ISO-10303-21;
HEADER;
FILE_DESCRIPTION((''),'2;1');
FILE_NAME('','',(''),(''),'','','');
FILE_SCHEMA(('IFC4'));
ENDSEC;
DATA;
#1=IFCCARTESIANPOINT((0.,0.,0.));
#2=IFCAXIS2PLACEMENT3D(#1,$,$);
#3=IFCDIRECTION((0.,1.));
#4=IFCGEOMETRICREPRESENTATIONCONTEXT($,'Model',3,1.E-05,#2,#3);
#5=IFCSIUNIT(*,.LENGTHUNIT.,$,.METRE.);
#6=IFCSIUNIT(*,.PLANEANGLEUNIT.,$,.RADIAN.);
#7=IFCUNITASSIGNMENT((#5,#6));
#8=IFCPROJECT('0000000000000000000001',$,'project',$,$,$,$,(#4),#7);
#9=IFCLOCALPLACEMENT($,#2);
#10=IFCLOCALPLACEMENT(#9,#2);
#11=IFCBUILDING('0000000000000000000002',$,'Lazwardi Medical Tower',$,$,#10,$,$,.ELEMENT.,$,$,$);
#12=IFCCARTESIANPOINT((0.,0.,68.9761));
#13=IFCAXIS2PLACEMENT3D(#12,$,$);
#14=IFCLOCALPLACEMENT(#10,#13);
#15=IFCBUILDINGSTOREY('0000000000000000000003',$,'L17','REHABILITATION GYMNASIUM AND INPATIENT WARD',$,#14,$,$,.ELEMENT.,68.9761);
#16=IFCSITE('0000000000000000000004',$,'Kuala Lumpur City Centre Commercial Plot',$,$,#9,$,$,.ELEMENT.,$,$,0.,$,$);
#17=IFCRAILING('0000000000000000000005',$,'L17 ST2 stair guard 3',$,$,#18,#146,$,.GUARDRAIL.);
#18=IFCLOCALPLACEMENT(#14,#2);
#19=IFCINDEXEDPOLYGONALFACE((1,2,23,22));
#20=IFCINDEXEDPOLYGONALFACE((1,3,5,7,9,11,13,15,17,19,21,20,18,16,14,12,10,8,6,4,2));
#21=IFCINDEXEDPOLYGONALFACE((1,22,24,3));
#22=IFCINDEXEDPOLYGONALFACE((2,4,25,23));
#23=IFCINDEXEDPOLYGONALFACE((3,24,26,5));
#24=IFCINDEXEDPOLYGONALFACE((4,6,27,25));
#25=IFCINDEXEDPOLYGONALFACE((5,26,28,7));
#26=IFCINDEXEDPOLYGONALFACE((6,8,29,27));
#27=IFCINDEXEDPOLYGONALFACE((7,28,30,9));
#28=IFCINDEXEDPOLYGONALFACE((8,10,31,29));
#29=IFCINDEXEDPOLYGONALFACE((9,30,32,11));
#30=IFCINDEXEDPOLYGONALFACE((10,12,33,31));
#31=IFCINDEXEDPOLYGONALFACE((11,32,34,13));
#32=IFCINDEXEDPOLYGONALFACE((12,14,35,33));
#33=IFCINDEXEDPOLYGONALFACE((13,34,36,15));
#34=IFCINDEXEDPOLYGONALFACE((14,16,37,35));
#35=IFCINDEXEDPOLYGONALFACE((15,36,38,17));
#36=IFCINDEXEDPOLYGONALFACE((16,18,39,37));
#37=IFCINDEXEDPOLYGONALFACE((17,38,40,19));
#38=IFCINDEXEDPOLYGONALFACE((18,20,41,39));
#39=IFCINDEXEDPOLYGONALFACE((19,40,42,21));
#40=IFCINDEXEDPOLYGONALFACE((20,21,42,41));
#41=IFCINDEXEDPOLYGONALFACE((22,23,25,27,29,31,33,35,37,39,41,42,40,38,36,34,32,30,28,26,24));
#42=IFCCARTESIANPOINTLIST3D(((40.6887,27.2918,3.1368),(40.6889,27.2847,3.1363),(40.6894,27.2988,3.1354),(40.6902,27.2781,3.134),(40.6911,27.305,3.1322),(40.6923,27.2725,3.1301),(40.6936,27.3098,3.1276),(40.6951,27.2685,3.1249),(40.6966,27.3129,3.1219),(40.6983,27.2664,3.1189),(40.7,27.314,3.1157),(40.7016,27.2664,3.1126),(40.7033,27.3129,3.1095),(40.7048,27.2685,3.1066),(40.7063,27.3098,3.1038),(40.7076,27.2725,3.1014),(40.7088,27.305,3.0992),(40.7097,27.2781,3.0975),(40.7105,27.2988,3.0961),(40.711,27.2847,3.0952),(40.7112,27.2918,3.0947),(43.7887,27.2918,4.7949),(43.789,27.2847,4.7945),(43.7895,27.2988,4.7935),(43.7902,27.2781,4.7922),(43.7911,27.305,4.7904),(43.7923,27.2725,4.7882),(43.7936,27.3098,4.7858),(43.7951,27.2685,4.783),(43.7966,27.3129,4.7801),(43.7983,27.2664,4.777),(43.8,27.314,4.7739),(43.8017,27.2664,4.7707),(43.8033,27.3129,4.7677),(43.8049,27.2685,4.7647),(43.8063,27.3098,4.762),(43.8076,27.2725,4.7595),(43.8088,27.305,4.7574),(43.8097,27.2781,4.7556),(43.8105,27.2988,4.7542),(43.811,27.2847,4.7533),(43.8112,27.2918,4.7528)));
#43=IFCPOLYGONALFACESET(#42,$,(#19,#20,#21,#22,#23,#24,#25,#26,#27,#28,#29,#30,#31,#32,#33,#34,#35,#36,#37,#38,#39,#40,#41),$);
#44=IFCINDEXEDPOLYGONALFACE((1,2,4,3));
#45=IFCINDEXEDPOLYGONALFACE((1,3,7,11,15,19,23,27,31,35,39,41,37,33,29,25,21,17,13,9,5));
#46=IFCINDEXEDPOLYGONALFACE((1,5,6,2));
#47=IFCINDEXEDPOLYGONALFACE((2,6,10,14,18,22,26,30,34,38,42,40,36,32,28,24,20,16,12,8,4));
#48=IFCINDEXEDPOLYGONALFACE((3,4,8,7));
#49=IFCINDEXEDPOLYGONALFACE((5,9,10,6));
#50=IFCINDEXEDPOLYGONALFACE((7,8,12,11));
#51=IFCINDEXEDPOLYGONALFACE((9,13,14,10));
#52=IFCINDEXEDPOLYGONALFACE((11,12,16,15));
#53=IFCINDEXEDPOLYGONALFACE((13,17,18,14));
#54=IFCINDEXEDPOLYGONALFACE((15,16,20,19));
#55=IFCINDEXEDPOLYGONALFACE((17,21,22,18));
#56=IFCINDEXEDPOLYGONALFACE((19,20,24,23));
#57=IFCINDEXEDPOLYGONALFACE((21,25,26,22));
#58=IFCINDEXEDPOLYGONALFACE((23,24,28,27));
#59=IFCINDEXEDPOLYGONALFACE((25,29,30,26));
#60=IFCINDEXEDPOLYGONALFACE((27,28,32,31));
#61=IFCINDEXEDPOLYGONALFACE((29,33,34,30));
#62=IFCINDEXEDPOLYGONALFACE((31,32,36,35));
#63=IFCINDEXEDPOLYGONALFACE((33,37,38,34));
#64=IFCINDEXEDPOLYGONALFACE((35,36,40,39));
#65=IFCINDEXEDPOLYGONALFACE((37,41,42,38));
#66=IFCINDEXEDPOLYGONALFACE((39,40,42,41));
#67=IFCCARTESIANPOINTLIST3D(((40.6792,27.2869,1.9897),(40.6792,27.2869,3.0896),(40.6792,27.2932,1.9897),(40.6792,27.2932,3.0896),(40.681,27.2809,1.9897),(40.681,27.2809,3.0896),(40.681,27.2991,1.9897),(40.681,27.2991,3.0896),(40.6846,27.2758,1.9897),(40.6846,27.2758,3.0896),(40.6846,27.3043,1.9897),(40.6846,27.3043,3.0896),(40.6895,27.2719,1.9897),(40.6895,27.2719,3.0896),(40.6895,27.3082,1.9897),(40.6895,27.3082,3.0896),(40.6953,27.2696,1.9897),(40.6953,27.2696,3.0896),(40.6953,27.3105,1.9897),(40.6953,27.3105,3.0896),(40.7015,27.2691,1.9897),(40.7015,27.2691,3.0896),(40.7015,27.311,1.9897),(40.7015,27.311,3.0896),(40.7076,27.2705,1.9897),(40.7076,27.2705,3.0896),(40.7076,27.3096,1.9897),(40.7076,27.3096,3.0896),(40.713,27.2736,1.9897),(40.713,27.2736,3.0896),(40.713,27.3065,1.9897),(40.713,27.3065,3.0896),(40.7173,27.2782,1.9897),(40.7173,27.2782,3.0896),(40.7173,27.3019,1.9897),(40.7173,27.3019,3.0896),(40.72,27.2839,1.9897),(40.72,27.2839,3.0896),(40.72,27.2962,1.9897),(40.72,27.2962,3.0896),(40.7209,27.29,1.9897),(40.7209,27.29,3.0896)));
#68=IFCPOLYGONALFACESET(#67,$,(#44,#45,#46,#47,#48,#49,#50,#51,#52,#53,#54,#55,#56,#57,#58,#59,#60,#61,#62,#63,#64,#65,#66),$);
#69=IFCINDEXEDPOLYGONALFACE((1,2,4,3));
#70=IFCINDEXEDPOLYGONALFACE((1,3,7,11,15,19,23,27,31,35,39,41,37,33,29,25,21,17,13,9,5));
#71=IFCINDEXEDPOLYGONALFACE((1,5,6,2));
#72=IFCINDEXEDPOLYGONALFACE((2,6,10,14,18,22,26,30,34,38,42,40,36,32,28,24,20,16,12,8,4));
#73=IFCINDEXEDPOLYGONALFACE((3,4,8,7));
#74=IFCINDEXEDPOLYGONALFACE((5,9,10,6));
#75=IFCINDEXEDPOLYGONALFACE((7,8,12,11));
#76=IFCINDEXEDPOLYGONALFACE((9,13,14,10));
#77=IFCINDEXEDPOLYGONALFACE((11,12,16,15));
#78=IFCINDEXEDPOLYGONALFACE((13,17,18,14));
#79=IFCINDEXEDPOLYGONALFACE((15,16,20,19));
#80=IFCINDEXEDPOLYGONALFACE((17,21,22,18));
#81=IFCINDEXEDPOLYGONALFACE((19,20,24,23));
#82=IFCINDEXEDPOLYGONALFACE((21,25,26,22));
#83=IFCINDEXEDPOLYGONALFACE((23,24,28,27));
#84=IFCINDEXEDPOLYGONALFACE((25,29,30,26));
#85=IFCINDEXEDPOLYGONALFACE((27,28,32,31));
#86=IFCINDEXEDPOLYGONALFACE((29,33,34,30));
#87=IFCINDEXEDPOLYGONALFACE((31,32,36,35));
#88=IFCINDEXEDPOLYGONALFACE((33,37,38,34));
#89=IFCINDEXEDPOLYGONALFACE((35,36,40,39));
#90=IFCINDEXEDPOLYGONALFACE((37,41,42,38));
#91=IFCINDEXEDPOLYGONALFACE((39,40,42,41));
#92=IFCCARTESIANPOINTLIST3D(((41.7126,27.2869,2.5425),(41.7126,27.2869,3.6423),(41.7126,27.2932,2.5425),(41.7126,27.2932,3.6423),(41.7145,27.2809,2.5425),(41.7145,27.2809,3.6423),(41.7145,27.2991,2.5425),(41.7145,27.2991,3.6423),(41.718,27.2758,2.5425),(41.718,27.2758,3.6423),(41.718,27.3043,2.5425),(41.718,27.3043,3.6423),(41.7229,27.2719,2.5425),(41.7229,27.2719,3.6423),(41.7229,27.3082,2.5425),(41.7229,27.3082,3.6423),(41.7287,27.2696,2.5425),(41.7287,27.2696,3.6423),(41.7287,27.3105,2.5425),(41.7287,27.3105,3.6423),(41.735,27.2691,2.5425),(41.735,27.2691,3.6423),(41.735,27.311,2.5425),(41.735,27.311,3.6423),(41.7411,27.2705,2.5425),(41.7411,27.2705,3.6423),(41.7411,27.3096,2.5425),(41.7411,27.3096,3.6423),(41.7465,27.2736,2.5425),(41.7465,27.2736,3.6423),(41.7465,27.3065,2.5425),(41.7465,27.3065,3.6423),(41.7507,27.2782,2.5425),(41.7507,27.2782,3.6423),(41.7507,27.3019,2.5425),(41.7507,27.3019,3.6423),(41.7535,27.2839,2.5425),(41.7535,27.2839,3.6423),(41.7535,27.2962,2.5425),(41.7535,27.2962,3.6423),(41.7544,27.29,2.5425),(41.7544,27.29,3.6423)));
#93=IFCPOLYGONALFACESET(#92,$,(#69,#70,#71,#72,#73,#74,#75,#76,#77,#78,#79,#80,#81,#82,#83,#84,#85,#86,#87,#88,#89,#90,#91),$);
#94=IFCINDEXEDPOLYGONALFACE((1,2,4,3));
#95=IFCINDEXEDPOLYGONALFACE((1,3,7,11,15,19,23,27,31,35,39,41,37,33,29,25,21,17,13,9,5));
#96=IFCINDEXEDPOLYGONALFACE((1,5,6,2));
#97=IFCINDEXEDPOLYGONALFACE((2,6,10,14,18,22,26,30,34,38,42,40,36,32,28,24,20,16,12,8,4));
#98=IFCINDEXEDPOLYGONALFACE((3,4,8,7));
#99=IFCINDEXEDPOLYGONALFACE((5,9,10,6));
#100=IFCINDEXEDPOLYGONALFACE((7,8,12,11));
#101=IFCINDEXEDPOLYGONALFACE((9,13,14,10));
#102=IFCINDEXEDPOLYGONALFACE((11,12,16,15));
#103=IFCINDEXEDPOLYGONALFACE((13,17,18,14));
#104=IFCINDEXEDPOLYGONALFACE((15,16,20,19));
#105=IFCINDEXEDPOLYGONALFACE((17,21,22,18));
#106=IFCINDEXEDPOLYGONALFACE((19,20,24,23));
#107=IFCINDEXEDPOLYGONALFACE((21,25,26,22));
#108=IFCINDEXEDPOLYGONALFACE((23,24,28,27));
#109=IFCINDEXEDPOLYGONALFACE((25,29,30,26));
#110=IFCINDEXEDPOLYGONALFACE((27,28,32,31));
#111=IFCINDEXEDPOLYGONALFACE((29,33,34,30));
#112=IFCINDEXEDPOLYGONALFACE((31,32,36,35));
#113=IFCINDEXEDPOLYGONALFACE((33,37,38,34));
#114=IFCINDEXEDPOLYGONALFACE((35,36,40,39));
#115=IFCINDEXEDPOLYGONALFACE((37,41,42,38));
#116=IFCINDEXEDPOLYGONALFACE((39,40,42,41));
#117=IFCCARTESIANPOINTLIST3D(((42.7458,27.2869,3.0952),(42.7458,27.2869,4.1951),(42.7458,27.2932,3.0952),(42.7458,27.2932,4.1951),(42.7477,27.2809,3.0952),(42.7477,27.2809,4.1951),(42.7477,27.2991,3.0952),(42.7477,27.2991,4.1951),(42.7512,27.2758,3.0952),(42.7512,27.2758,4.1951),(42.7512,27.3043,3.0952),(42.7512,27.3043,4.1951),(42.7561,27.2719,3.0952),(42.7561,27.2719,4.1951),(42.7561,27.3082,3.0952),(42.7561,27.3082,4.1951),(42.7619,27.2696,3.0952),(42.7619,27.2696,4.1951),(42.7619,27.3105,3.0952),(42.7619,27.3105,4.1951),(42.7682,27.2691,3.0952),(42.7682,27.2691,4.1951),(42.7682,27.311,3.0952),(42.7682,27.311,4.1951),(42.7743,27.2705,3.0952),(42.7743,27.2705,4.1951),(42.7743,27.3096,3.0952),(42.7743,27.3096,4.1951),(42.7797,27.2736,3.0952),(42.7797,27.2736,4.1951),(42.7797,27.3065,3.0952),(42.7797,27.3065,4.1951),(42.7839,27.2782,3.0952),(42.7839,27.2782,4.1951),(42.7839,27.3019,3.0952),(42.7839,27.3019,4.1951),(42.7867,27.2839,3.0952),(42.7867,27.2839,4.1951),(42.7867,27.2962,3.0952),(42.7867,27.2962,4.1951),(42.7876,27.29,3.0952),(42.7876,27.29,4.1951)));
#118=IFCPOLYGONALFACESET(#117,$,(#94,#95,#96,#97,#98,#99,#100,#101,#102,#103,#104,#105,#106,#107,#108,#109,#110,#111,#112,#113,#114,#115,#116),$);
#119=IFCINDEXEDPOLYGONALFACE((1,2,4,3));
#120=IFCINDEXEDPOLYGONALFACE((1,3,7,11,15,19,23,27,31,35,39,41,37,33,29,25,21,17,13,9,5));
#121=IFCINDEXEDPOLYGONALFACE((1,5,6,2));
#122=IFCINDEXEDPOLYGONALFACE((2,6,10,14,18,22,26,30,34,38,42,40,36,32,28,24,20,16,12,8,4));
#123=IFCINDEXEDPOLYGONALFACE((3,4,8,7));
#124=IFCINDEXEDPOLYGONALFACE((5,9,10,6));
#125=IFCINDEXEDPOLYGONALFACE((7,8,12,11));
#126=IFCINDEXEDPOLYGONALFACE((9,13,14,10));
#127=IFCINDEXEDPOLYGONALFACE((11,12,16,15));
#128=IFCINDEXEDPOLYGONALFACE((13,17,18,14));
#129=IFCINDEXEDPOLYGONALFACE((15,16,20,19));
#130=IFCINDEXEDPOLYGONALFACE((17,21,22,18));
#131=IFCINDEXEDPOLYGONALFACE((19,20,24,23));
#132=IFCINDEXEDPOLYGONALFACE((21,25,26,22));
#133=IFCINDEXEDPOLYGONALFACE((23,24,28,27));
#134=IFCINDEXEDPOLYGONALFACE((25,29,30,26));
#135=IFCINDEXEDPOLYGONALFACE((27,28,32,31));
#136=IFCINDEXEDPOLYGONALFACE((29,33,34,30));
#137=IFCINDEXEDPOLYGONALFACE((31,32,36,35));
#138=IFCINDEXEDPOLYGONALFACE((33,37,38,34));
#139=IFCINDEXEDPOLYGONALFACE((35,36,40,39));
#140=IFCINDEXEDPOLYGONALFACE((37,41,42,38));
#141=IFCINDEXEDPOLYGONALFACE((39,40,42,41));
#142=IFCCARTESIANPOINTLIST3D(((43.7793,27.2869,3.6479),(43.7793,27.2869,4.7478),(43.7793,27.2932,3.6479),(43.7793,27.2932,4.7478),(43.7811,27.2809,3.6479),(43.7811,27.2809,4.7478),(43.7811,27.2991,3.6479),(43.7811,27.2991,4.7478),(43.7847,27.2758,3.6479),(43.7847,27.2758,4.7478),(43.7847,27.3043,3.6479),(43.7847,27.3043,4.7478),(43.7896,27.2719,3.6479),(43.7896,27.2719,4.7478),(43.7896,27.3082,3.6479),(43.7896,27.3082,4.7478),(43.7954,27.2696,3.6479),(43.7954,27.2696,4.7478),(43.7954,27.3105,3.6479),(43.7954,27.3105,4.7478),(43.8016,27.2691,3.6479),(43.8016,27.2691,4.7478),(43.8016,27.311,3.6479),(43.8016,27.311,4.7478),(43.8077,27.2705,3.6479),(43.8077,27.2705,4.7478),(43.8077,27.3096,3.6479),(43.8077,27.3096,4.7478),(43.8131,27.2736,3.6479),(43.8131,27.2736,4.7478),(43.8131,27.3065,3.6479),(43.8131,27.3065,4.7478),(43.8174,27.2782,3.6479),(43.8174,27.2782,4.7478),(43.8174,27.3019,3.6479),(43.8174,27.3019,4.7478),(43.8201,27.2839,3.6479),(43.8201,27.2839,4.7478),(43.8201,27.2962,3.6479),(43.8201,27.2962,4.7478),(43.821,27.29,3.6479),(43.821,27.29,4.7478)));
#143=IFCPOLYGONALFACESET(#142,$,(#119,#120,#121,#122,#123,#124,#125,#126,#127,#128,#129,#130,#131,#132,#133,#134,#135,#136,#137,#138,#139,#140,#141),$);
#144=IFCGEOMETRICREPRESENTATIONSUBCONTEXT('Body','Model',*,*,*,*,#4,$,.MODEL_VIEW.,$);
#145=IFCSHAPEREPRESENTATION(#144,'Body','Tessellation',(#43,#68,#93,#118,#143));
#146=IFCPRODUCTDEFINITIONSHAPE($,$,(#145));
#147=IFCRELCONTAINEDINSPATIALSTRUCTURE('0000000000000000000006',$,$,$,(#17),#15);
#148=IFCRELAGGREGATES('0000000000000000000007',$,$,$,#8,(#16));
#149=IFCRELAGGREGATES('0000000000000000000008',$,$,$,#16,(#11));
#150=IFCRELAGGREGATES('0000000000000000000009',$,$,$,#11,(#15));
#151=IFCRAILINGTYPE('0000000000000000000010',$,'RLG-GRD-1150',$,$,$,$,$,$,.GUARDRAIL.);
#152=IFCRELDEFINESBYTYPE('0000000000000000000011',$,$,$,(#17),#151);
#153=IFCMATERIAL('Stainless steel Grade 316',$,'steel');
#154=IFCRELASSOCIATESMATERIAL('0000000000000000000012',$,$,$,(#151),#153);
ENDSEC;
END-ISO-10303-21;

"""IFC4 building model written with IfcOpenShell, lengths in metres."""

from ifc_helpers import new_model, si_unit, direction, frame, origin, origin_2d, place, context, subcontext, project, spatial, circle, extrude, material, type_object, element, save


model = new_model("IFC4")

# Units and contexts
model_context = context("Model", 3, precision=1e-05, world=origin(), true_north=direction((0.0, 1.0)))
body_context = subcontext(model_context, "Body", "Model", "MODEL_VIEW")
ifc_project = project(units=[si_unit("LENGTHUNIT", "METRE"), si_unit("PLANEANGLEUNIT", "RADIAN")], contexts=[model_context])

# Site, building, storey
site_placement = place(None, origin())
site = spatial("IfcSite", under=ifc_project, at=site_placement, Name="Kuala Lumpur City Centre Commercial Plot", CompositionType="ELEMENT", RefElevation=0.0)
building_placement = place(site_placement, origin())
building = spatial("IfcBuilding", under=site, at=building_placement, Name="Lazwardi Medical Tower", CompositionType="ELEMENT")
storey_placement = place(building_placement, frame((0.0, 0.0, 68.9761)))
storey = spatial("IfcBuildingStorey", under=building, at=storey_placement, Name="L17", Description="REHABILITATION GYMNASIUM AND INPATIENT WARD", CompositionType="ELEMENT", Elevation=68.9761)

# Railing
ifc_material_1 = material(Name="Stainless steel Grade 316", Category="steel")
railing_type_1 = type_object("IfcRailingType", Name="RLG-GRD-1150", PredefinedType="GUARDRAIL", material=ifc_material_1)
railing_1_placement = place(storey_placement, frame((40.7, 27.29, 1.9897)))
element("IfcRailing", 1, at=railing_1_placement, inside=storey, type_object=railing_type_1, Name="L17 ST2 stair guard 3", PredefinedType="GUARDRAIL", context=body_context, shape_type="SweptSolid", body=[
    extrude(circle(Radius=0.0239, at=origin_2d()), frame((0.0, 0.0, 1.126), z_axis=(0.881783, 0.0, 0.471655), x_axis=(0.0, 1.0, 0.0)), (0.0, 0.0, 1.0), 3.5156),
    extrude(circle(Radius=0.021, at=origin_2d()), origin(), (0.0, 0.0, 1.0), 1.0999),
    extrude(circle(Radius=0.021, at=origin_2d()), frame((1.0334, 0.0, 0.5527)), (0.0, 0.0, 1.0), 1.0999),
    extrude(circle(Radius=0.021, at=origin_2d()), frame((2.0667, 0.0, 1.1055)), (0.0, 0.0, 1.0), 1.0999),
    extrude(circle(Radius=0.021, at=origin_2d()), frame((3.1001, 0.0, 1.6582)), (0.0, 0.0, 1.0), 1.0999),
])

save(model, "model.ifc")
